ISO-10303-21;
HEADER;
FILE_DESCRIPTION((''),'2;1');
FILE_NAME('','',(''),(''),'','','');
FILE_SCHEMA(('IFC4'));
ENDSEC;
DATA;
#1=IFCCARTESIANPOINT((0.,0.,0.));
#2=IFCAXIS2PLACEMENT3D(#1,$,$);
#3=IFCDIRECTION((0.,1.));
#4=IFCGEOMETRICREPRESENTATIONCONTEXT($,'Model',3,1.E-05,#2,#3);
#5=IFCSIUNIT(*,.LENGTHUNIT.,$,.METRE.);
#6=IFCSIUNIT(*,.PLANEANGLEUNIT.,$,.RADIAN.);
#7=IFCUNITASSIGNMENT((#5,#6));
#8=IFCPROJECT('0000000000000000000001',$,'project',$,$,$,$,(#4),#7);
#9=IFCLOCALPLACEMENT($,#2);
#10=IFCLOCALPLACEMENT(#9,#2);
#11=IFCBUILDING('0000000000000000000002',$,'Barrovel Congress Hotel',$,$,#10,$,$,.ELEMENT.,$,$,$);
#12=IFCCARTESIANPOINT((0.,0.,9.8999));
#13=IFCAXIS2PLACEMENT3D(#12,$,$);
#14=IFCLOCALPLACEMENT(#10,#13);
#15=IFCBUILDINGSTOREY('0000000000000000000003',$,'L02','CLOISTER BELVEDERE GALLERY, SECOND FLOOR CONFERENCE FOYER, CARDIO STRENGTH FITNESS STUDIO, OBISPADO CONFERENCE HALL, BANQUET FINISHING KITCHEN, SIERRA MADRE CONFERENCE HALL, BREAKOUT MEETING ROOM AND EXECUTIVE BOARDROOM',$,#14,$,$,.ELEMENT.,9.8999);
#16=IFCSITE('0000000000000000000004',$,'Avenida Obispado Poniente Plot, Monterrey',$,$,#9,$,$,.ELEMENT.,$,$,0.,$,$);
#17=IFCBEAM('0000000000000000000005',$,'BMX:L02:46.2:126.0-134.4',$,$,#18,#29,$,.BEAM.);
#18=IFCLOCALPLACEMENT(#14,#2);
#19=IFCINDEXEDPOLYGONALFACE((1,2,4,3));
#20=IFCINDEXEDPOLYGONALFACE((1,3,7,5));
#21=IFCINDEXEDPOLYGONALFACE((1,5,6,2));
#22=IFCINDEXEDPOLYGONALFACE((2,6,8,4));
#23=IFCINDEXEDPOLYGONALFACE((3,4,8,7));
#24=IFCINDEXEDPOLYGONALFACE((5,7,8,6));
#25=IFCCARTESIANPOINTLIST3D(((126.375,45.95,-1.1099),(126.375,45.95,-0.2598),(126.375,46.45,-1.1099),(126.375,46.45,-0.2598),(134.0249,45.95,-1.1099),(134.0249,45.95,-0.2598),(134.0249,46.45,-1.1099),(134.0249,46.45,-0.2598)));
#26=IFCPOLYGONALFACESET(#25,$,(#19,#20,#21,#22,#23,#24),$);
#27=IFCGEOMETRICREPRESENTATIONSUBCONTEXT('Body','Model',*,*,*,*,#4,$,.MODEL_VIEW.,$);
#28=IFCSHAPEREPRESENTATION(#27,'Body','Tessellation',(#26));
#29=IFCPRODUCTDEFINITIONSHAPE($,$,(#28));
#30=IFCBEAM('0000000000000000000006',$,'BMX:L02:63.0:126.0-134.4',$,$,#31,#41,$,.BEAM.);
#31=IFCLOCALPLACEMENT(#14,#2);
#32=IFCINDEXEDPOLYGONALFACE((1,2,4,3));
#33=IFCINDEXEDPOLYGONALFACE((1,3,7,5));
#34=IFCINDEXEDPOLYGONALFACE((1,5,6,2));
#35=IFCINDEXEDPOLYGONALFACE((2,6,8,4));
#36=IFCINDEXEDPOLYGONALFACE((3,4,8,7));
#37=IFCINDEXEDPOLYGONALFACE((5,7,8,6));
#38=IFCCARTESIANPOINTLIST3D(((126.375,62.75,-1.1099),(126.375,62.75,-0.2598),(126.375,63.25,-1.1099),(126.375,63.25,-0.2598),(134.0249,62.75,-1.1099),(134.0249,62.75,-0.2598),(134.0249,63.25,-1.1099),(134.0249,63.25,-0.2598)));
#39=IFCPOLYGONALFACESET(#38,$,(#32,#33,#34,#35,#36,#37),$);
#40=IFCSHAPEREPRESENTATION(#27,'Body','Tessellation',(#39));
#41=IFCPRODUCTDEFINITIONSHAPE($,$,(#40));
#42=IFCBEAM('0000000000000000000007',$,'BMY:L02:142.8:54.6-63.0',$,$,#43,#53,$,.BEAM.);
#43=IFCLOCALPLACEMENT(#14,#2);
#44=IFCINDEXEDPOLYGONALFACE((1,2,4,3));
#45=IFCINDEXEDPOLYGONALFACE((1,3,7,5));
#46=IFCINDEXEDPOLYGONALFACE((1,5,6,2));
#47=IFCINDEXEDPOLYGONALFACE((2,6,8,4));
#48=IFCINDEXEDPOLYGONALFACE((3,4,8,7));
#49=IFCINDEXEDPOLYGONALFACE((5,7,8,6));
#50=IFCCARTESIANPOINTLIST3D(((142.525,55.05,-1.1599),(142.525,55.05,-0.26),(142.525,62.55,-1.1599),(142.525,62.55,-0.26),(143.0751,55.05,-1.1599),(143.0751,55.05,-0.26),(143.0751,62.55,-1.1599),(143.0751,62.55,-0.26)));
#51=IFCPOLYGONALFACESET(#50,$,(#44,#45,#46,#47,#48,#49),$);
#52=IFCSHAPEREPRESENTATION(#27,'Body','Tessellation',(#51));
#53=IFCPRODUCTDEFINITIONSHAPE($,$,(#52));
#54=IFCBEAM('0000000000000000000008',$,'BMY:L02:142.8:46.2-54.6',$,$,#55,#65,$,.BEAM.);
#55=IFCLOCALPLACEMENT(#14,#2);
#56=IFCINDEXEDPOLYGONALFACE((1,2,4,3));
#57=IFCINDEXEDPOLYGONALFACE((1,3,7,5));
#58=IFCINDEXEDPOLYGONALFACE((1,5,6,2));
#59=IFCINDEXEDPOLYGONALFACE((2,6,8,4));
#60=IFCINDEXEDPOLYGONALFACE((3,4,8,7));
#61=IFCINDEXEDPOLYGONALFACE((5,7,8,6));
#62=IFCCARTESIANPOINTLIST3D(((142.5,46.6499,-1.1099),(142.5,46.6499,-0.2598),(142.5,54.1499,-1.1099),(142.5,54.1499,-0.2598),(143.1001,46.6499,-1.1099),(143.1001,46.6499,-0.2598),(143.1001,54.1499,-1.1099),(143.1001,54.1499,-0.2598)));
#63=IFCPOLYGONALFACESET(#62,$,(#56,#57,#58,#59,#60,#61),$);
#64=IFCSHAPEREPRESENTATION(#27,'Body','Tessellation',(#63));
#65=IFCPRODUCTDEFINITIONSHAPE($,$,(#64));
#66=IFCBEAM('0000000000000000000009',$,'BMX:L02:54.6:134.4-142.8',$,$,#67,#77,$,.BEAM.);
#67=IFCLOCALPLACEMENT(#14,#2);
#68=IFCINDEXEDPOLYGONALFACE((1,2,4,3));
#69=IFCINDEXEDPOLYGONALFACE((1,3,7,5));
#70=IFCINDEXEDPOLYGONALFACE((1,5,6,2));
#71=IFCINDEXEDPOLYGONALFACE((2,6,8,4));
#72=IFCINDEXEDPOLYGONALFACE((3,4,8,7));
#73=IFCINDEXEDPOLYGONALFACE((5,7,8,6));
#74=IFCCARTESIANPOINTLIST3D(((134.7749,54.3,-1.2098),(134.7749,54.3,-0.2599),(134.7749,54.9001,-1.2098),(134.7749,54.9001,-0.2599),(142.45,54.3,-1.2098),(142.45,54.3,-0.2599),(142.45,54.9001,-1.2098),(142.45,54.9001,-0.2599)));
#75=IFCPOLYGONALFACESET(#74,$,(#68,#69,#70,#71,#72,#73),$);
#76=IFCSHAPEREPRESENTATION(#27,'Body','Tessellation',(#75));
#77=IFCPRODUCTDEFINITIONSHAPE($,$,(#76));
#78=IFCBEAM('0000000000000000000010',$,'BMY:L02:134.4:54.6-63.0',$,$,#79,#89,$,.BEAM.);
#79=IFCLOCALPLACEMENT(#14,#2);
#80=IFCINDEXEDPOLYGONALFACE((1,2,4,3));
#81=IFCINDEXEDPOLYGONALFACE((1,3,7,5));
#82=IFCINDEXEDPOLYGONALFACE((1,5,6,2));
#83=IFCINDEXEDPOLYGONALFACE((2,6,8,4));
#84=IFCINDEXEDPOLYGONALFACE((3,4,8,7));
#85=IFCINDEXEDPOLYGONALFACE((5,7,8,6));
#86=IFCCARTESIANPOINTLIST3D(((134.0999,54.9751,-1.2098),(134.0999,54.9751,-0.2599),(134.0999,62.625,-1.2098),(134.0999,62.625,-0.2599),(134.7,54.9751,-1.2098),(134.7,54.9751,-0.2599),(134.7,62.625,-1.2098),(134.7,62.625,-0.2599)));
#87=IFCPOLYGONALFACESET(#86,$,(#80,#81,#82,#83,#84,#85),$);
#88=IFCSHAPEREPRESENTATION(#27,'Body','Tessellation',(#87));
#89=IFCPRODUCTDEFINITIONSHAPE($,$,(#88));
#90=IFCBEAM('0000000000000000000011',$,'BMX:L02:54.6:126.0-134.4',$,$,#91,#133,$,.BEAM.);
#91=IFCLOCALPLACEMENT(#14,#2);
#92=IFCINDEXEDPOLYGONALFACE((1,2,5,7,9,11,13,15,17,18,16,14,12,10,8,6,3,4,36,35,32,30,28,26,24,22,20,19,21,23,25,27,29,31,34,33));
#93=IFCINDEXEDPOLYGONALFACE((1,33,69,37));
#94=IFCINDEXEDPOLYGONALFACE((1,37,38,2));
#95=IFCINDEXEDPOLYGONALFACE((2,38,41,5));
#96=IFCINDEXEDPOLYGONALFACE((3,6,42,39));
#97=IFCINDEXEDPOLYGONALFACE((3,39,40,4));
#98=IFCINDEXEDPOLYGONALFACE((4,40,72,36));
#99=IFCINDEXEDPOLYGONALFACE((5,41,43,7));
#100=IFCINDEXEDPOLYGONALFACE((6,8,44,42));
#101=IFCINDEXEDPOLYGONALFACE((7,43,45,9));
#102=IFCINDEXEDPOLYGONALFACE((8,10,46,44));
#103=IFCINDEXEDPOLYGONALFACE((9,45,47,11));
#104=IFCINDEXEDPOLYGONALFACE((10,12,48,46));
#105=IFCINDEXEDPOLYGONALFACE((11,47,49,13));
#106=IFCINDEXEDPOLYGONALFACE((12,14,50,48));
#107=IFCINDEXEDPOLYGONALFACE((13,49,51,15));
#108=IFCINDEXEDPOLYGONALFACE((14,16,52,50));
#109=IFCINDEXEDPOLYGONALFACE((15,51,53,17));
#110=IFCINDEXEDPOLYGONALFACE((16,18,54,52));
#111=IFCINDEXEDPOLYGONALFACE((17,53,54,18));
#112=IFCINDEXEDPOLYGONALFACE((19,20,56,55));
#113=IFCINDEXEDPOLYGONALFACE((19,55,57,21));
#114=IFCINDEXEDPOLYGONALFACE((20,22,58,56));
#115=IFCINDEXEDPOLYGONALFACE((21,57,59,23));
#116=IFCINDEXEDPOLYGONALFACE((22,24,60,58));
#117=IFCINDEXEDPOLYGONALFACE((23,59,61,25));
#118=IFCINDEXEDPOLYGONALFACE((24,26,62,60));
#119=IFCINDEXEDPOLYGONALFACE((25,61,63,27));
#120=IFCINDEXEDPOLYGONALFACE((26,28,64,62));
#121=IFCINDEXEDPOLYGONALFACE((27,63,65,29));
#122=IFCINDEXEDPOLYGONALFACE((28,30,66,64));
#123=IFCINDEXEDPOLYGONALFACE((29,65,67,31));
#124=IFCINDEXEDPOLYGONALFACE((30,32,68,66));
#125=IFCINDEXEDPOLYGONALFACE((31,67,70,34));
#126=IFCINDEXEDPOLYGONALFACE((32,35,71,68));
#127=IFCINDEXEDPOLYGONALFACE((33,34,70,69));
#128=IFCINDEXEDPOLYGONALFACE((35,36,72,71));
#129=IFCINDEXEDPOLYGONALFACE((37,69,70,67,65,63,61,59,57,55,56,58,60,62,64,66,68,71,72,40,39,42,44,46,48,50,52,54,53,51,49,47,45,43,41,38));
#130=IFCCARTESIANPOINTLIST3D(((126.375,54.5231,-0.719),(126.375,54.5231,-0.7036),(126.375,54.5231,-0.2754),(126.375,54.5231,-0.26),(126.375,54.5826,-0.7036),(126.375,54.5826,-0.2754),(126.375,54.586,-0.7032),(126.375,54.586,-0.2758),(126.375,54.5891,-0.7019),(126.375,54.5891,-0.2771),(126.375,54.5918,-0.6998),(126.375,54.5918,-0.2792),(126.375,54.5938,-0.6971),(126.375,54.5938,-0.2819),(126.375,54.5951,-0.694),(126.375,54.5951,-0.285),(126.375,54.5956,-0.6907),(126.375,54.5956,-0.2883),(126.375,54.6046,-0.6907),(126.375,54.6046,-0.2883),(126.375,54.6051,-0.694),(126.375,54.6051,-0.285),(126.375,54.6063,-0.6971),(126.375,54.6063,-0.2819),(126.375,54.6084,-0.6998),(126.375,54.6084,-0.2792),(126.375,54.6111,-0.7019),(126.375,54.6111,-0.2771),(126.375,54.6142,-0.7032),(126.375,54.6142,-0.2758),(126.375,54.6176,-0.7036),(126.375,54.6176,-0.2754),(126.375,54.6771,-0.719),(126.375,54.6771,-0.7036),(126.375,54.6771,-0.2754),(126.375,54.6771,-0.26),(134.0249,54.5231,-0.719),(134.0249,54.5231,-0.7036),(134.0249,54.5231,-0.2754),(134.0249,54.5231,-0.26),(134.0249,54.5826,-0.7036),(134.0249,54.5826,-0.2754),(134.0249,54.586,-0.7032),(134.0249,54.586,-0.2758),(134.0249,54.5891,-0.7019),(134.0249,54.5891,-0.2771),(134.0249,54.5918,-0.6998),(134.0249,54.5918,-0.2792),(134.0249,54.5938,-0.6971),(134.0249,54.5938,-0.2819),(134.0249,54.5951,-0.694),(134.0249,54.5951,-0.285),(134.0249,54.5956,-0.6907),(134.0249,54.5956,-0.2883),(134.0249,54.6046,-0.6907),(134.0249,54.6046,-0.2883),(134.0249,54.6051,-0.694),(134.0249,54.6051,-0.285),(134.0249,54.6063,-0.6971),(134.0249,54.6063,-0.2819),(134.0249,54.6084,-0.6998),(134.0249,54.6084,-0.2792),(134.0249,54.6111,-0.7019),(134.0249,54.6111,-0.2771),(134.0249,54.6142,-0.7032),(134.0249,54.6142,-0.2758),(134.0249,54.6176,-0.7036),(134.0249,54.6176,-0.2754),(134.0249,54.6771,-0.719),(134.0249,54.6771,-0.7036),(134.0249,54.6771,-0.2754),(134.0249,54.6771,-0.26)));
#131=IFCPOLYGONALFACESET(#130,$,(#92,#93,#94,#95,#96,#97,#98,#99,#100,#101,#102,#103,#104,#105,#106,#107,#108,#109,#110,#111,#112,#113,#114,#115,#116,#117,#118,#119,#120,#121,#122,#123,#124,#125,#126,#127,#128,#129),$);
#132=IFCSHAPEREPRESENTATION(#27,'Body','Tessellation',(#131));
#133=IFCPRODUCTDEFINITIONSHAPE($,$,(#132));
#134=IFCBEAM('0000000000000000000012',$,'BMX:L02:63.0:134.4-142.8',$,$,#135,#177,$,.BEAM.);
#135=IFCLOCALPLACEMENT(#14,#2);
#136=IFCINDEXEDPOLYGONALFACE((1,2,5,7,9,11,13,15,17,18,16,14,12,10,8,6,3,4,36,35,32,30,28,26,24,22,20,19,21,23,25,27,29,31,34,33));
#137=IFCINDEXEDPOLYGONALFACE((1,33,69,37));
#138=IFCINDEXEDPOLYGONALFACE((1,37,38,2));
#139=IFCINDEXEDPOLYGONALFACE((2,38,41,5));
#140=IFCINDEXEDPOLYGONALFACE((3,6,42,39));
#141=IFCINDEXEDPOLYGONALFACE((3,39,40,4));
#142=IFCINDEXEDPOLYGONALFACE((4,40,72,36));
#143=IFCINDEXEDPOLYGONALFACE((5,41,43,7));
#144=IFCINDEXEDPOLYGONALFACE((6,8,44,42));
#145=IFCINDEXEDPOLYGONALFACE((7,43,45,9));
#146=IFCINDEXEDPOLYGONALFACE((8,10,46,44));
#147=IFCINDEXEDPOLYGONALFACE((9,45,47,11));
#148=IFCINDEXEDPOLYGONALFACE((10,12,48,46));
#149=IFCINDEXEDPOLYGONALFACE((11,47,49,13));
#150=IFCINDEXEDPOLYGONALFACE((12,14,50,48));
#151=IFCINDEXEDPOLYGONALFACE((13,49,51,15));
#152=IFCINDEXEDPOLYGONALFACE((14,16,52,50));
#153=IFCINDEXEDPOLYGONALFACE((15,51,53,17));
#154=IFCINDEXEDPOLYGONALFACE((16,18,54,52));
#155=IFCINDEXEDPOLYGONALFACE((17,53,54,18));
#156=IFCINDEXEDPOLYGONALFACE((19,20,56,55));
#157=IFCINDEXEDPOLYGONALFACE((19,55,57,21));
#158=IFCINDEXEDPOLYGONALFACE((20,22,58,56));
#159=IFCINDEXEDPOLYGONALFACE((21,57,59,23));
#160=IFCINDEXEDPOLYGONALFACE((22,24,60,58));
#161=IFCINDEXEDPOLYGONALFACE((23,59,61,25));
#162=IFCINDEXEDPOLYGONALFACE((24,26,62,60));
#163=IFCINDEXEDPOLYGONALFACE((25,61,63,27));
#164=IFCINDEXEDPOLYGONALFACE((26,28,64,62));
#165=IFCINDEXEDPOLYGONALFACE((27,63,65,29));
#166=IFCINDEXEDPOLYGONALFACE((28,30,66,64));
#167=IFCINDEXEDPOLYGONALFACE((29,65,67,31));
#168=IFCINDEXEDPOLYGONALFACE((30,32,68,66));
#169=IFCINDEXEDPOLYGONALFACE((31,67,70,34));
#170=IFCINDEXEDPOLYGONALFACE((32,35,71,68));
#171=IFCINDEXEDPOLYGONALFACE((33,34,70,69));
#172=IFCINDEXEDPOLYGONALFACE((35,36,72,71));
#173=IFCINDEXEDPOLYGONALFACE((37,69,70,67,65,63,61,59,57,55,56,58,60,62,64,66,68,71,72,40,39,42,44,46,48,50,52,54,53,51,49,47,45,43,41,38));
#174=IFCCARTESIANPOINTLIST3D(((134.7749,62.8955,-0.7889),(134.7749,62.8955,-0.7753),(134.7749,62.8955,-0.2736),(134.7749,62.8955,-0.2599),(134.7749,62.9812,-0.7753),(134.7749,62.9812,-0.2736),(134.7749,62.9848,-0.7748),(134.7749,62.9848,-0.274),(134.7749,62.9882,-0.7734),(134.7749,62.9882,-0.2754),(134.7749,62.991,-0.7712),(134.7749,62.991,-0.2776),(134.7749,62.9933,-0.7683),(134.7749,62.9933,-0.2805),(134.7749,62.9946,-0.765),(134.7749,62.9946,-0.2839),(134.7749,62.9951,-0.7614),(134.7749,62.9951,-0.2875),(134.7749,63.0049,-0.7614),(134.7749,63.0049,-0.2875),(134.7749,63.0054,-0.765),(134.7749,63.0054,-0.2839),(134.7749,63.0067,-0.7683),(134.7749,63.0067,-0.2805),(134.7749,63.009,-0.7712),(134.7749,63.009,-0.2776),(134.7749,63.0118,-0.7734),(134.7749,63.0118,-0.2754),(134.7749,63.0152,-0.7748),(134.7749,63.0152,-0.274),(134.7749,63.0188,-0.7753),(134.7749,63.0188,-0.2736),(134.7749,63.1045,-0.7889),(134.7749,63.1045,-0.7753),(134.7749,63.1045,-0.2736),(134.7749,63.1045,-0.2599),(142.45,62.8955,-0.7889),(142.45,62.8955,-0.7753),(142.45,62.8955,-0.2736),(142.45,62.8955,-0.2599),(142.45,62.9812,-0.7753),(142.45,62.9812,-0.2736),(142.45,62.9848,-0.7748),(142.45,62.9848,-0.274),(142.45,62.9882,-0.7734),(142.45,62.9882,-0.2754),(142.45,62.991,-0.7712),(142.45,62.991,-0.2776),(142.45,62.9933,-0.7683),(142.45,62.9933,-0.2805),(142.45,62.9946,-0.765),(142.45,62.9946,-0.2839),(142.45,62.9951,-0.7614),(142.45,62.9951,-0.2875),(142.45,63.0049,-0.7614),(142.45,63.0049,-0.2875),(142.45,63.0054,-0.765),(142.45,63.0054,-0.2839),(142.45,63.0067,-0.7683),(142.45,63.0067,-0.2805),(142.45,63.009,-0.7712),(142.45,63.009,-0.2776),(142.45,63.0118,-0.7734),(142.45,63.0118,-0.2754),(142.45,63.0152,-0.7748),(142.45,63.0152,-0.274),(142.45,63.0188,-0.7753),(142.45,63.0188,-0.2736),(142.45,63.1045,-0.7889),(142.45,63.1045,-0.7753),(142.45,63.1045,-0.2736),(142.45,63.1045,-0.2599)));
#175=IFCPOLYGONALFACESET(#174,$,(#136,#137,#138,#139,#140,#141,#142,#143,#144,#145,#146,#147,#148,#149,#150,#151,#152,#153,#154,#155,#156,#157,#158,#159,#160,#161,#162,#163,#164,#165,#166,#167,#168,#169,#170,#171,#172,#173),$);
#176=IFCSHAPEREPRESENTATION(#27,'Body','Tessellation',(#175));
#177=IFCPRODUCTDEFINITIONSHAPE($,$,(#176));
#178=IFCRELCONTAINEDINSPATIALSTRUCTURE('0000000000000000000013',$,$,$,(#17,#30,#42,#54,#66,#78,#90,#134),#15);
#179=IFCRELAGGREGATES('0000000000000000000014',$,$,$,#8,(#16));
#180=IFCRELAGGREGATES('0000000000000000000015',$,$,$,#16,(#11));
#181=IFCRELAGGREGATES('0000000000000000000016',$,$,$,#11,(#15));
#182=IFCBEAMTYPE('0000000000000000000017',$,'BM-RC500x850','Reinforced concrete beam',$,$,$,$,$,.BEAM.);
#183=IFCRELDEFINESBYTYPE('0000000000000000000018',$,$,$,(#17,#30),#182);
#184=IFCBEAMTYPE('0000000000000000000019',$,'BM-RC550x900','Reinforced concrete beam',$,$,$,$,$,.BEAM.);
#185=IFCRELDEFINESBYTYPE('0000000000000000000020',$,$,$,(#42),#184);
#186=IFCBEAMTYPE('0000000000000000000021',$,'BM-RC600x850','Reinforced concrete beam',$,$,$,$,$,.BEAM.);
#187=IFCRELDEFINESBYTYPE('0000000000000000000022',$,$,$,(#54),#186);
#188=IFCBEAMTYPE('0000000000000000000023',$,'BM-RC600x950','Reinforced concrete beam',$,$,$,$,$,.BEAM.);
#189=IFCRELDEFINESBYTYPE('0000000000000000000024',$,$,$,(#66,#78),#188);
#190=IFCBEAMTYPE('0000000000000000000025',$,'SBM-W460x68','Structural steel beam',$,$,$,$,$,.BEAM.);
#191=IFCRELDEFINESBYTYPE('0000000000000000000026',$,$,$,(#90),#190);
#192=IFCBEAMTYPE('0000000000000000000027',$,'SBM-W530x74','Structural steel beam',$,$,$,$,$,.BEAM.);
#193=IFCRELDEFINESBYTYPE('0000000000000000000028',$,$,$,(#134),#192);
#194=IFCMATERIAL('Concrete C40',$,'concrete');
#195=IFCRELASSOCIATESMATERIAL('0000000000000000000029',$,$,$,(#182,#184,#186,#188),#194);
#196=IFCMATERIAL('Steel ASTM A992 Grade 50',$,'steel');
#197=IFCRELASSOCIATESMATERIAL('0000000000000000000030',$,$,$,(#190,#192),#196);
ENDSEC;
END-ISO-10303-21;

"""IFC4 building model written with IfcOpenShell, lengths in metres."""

from ifc_helpers import new_model, si_unit, direction, frame, origin, origin_2d, place, context, subcontext, project, spatial, rectangle, i_section, extrude, material, material_profile, profile_set, type_object, element, save


model = new_model("IFC4")

# Units and contexts
model_context = context("Model", 3, precision=1e-05, world=origin(), true_north=direction((0.0, 1.0)))
body_context = subcontext(model_context, "Body", "Model", "MODEL_VIEW")
ifc_project = project(units=[si_unit("LENGTHUNIT", "METRE"), si_unit("PLANEANGLEUNIT", "RADIAN")], contexts=[model_context])

# Site, building, storey
site_placement = place(None, origin())
site = spatial("IfcSite", under=ifc_project, at=site_placement, Name="Avenida Obispado Poniente Plot, Monterrey", CompositionType="ELEMENT", RefElevation=0.0)
building_placement = place(site_placement, origin())
building = spatial("IfcBuilding", under=site, at=building_placement, Name="Barrovel Congress Hotel", CompositionType="ELEMENT")
storey_placement = place(building_placement, frame((0.0, 0.0, 9.8999)))
storey = spatial("IfcBuildingStorey", under=building, at=storey_placement, Name="L02", Description="CLOISTER BELVEDERE GALLERY, SECOND FLOOR CONFERENCE FOYER, CARDIO STRENGTH FITNESS STUDIO, OBISPADO CONFERENCE HALL, BANQUET FINISHING KITCHEN, SIERRA MADRE CONFERENCE HALL, BREAKOUT MEETING ROOM AND EXECUTIVE BOARDROOM", CompositionType="ELEMENT", Elevation=9.8999)

# Shared definitions
ifc_material_1 = material(Name="Concrete C40", Category="concrete")

# Beams
ifc_material_profile_1 = material_profile(ifc_material_1, rectangle(XDim=0.5, YDim=0.8501, at=origin_2d()), Name="RC500x850")
ifc_profile_set_1 = profile_set([ifc_material_profile_1], Name="Concrete C40")
beam_type_1 = type_object("IfcBeamType", Name="BM-RC500x850", Description="Reinforced concrete beam", PredefinedType="BEAM", material=ifc_profile_set_1)
for number, where, z_axis, x_axis, name in (
    (1, (126.375, 46.2, -0.6848), (1.0, 0.0, 0.0), (0.0, 1.0, 0.0), "BMX:L02:46.2:126.0-134.4"),
    (2, (126.375, 63.0, -0.6848), (1.0, 0.0, 0.0), (0.0, 1.0, 0.0), "BMX:L02:63.0:126.0-134.4"),
):
    element("IfcBeam", number, at=place(storey_placement, frame(where, z_axis=z_axis, x_axis=x_axis)), inside=storey, type_object=beam_type_1, Name=name, PredefinedType="BEAM", context=body_context, shape_type="SweptSolid", body=[
        extrude(rectangle(XDim=0.5, YDim=0.8501, at=origin_2d()), origin(), (0.0, 0.0, 1.0), 7.6499),
    ])
ifc_material_profile_2 = material_profile(ifc_material_1, rectangle(XDim=0.55, YDim=0.8999, at=origin_2d()), Name="RC550x900")
ifc_profile_set_2 = profile_set([ifc_material_profile_2], Name="Concrete C40")
beam_type_2 = type_object("IfcBeamType", Name="BM-RC550x900", Description="Reinforced concrete beam", PredefinedType="BEAM", material=ifc_profile_set_2)
beam_1_placement = place(storey_placement, frame((142.8, 55.05, -0.71), z_axis=(0.0, 1.0, 0.0), x_axis=(-1.0, 0.0, 0.0)))
element("IfcBeam", 3, at=beam_1_placement, inside=storey, type_object=beam_type_2, Name="BMY:L02:142.8:54.6-63.0", PredefinedType="BEAM", context=body_context, shape_type="SweptSolid", body=[
    extrude(rectangle(XDim=0.55, YDim=0.8999, at=origin_2d()), origin(), (0.0, 0.0, 1.0), 7.5),
])
ifc_material_profile_3 = material_profile(ifc_material_1, rectangle(XDim=0.6001, YDim=0.8501, at=origin_2d()), Name="RC600x850")
ifc_profile_set_3 = profile_set([ifc_material_profile_3], Name="Concrete C40")
beam_type_3 = type_object("IfcBeamType", Name="BM-RC600x850", Description="Reinforced concrete beam", PredefinedType="BEAM", material=ifc_profile_set_3)
beam_2_placement = place(storey_placement, frame((142.8, 46.6499, -0.6848), z_axis=(0.0, 1.0, 0.0), x_axis=(-1.0, 0.0, 0.0)))
element("IfcBeam", 4, at=beam_2_placement, inside=storey, type_object=beam_type_3, Name="BMY:L02:142.8:46.2-54.6", PredefinedType="BEAM", context=body_context, shape_type="SweptSolid", body=[
    extrude(rectangle(XDim=0.6001, YDim=0.8501, at=origin_2d()), origin(), (0.0, 0.0, 1.0), 7.5),
])
ifc_material_profile_4 = material_profile(ifc_material_1, rectangle(XDim=0.6001, YDim=0.95, at=origin_2d()), Name="RC600x950")
ifc_profile_set_4 = profile_set([ifc_material_profile_4], Name="Concrete C40")
beam_type_4 = type_object("IfcBeamType", Name="BM-RC600x950", Description="Reinforced concrete beam", PredefinedType="BEAM", material=ifc_profile_set_4)
beam_3_placement = place(storey_placement, frame((134.7749, 54.6001, -0.7349), z_axis=(1.0, 0.0, 0.0), x_axis=(0.0, 1.0, 0.0)))
element("IfcBeam", 5, at=beam_3_placement, inside=storey, type_object=beam_type_4, Name="BMX:L02:54.6:134.4-142.8", PredefinedType="BEAM", context=body_context, shape_type="SweptSolid", body=[
    extrude(rectangle(XDim=0.6001, YDim=0.95, at=origin_2d()), origin(), (0.0, 0.0, 1.0), 7.675),
])
beam_4_placement = place(storey_placement, frame((134.3999, 54.9751, -0.7349), z_axis=(0.0, 1.0, 0.0), x_axis=(-1.0, 0.0, 0.0)))
element("IfcBeam", 6, at=beam_4_placement, inside=storey, type_object=beam_type_4, Name="BMY:L02:134.4:54.6-63.0", PredefinedType="BEAM", context=body_context, shape_type="SweptSolid", body=[
    extrude(rectangle(XDim=0.6001, YDim=0.95, at=origin_2d()), origin(), (0.0, 0.0, 1.0), 7.6499),
])
ifc_material_2 = material(Name="Steel ASTM A992 Grade 50", Category="steel")
ifc_material_profile_5 = material_profile(ifc_material_2, i_section(OverallWidth=0.1541, OverallDepth=0.459, WebThickness=0.009, FlangeThickness=0.0154, FilletRadius=0.0129, at=origin_2d()), Name="W460x68")
ifc_profile_set_5 = profile_set([ifc_material_profile_5], Name="Steel ASTM A992 Grade 50")
beam_type_5 = type_object("IfcBeamType", Name="SBM-W460x68", Description="Structural steel beam", PredefinedType="BEAM", material=ifc_profile_set_5)
beam_5_placement = place(storey_placement, frame((126.375, 54.6001, -0.4895), z_axis=(1.0, 0.0, 0.0), x_axis=(0.0, 1.0, 0.0)))
element("IfcBeam", 7, at=beam_5_placement, inside=storey, type_object=beam_type_5, Name="BMX:L02:54.6:126.0-134.4", PredefinedType="BEAM", context=body_context, shape_type="SweptSolid", body=[
    extrude(i_section(OverallWidth=0.1541, OverallDepth=0.459, WebThickness=0.009, FlangeThickness=0.0154, FilletRadius=0.0129, at=origin_2d()), origin(), (0.0, 0.0, 1.0), 7.6499),
])
ifc_material_profile_6 = material_profile(ifc_material_2, i_section(OverallWidth=0.209, OverallDepth=0.5291, WebThickness=0.0098, FlangeThickness=0.0137, FilletRadius=0.0139, at=origin_2d()), Name="W530x74")
ifc_profile_set_6 = profile_set([ifc_material_profile_6], Name="Steel ASTM A992 Grade 50")
beam_type_6 = type_object("IfcBeamType", Name="SBM-W530x74", Description="Structural steel beam", PredefinedType="BEAM", material=ifc_profile_set_6)
beam_6_placement = place(storey_placement, frame((134.7749, 63.0, -0.5244), z_axis=(1.0, 0.0, 0.0), x_axis=(0.0, 1.0, 0.0)))
element("IfcBeam", 8, at=beam_6_placement, inside=storey, type_object=beam_type_6, Name="BMX:L02:63.0:134.4-142.8", PredefinedType="BEAM", context=body_context, shape_type="SweptSolid", body=[
    extrude(i_section(OverallWidth=0.209, OverallDepth=0.5291, WebThickness=0.0098, FlangeThickness=0.0137, FilletRadius=0.0139, at=origin_2d()), origin(), (0.0, 0.0, 1.0), 7.675),
])

save(model, "model.ifc")
